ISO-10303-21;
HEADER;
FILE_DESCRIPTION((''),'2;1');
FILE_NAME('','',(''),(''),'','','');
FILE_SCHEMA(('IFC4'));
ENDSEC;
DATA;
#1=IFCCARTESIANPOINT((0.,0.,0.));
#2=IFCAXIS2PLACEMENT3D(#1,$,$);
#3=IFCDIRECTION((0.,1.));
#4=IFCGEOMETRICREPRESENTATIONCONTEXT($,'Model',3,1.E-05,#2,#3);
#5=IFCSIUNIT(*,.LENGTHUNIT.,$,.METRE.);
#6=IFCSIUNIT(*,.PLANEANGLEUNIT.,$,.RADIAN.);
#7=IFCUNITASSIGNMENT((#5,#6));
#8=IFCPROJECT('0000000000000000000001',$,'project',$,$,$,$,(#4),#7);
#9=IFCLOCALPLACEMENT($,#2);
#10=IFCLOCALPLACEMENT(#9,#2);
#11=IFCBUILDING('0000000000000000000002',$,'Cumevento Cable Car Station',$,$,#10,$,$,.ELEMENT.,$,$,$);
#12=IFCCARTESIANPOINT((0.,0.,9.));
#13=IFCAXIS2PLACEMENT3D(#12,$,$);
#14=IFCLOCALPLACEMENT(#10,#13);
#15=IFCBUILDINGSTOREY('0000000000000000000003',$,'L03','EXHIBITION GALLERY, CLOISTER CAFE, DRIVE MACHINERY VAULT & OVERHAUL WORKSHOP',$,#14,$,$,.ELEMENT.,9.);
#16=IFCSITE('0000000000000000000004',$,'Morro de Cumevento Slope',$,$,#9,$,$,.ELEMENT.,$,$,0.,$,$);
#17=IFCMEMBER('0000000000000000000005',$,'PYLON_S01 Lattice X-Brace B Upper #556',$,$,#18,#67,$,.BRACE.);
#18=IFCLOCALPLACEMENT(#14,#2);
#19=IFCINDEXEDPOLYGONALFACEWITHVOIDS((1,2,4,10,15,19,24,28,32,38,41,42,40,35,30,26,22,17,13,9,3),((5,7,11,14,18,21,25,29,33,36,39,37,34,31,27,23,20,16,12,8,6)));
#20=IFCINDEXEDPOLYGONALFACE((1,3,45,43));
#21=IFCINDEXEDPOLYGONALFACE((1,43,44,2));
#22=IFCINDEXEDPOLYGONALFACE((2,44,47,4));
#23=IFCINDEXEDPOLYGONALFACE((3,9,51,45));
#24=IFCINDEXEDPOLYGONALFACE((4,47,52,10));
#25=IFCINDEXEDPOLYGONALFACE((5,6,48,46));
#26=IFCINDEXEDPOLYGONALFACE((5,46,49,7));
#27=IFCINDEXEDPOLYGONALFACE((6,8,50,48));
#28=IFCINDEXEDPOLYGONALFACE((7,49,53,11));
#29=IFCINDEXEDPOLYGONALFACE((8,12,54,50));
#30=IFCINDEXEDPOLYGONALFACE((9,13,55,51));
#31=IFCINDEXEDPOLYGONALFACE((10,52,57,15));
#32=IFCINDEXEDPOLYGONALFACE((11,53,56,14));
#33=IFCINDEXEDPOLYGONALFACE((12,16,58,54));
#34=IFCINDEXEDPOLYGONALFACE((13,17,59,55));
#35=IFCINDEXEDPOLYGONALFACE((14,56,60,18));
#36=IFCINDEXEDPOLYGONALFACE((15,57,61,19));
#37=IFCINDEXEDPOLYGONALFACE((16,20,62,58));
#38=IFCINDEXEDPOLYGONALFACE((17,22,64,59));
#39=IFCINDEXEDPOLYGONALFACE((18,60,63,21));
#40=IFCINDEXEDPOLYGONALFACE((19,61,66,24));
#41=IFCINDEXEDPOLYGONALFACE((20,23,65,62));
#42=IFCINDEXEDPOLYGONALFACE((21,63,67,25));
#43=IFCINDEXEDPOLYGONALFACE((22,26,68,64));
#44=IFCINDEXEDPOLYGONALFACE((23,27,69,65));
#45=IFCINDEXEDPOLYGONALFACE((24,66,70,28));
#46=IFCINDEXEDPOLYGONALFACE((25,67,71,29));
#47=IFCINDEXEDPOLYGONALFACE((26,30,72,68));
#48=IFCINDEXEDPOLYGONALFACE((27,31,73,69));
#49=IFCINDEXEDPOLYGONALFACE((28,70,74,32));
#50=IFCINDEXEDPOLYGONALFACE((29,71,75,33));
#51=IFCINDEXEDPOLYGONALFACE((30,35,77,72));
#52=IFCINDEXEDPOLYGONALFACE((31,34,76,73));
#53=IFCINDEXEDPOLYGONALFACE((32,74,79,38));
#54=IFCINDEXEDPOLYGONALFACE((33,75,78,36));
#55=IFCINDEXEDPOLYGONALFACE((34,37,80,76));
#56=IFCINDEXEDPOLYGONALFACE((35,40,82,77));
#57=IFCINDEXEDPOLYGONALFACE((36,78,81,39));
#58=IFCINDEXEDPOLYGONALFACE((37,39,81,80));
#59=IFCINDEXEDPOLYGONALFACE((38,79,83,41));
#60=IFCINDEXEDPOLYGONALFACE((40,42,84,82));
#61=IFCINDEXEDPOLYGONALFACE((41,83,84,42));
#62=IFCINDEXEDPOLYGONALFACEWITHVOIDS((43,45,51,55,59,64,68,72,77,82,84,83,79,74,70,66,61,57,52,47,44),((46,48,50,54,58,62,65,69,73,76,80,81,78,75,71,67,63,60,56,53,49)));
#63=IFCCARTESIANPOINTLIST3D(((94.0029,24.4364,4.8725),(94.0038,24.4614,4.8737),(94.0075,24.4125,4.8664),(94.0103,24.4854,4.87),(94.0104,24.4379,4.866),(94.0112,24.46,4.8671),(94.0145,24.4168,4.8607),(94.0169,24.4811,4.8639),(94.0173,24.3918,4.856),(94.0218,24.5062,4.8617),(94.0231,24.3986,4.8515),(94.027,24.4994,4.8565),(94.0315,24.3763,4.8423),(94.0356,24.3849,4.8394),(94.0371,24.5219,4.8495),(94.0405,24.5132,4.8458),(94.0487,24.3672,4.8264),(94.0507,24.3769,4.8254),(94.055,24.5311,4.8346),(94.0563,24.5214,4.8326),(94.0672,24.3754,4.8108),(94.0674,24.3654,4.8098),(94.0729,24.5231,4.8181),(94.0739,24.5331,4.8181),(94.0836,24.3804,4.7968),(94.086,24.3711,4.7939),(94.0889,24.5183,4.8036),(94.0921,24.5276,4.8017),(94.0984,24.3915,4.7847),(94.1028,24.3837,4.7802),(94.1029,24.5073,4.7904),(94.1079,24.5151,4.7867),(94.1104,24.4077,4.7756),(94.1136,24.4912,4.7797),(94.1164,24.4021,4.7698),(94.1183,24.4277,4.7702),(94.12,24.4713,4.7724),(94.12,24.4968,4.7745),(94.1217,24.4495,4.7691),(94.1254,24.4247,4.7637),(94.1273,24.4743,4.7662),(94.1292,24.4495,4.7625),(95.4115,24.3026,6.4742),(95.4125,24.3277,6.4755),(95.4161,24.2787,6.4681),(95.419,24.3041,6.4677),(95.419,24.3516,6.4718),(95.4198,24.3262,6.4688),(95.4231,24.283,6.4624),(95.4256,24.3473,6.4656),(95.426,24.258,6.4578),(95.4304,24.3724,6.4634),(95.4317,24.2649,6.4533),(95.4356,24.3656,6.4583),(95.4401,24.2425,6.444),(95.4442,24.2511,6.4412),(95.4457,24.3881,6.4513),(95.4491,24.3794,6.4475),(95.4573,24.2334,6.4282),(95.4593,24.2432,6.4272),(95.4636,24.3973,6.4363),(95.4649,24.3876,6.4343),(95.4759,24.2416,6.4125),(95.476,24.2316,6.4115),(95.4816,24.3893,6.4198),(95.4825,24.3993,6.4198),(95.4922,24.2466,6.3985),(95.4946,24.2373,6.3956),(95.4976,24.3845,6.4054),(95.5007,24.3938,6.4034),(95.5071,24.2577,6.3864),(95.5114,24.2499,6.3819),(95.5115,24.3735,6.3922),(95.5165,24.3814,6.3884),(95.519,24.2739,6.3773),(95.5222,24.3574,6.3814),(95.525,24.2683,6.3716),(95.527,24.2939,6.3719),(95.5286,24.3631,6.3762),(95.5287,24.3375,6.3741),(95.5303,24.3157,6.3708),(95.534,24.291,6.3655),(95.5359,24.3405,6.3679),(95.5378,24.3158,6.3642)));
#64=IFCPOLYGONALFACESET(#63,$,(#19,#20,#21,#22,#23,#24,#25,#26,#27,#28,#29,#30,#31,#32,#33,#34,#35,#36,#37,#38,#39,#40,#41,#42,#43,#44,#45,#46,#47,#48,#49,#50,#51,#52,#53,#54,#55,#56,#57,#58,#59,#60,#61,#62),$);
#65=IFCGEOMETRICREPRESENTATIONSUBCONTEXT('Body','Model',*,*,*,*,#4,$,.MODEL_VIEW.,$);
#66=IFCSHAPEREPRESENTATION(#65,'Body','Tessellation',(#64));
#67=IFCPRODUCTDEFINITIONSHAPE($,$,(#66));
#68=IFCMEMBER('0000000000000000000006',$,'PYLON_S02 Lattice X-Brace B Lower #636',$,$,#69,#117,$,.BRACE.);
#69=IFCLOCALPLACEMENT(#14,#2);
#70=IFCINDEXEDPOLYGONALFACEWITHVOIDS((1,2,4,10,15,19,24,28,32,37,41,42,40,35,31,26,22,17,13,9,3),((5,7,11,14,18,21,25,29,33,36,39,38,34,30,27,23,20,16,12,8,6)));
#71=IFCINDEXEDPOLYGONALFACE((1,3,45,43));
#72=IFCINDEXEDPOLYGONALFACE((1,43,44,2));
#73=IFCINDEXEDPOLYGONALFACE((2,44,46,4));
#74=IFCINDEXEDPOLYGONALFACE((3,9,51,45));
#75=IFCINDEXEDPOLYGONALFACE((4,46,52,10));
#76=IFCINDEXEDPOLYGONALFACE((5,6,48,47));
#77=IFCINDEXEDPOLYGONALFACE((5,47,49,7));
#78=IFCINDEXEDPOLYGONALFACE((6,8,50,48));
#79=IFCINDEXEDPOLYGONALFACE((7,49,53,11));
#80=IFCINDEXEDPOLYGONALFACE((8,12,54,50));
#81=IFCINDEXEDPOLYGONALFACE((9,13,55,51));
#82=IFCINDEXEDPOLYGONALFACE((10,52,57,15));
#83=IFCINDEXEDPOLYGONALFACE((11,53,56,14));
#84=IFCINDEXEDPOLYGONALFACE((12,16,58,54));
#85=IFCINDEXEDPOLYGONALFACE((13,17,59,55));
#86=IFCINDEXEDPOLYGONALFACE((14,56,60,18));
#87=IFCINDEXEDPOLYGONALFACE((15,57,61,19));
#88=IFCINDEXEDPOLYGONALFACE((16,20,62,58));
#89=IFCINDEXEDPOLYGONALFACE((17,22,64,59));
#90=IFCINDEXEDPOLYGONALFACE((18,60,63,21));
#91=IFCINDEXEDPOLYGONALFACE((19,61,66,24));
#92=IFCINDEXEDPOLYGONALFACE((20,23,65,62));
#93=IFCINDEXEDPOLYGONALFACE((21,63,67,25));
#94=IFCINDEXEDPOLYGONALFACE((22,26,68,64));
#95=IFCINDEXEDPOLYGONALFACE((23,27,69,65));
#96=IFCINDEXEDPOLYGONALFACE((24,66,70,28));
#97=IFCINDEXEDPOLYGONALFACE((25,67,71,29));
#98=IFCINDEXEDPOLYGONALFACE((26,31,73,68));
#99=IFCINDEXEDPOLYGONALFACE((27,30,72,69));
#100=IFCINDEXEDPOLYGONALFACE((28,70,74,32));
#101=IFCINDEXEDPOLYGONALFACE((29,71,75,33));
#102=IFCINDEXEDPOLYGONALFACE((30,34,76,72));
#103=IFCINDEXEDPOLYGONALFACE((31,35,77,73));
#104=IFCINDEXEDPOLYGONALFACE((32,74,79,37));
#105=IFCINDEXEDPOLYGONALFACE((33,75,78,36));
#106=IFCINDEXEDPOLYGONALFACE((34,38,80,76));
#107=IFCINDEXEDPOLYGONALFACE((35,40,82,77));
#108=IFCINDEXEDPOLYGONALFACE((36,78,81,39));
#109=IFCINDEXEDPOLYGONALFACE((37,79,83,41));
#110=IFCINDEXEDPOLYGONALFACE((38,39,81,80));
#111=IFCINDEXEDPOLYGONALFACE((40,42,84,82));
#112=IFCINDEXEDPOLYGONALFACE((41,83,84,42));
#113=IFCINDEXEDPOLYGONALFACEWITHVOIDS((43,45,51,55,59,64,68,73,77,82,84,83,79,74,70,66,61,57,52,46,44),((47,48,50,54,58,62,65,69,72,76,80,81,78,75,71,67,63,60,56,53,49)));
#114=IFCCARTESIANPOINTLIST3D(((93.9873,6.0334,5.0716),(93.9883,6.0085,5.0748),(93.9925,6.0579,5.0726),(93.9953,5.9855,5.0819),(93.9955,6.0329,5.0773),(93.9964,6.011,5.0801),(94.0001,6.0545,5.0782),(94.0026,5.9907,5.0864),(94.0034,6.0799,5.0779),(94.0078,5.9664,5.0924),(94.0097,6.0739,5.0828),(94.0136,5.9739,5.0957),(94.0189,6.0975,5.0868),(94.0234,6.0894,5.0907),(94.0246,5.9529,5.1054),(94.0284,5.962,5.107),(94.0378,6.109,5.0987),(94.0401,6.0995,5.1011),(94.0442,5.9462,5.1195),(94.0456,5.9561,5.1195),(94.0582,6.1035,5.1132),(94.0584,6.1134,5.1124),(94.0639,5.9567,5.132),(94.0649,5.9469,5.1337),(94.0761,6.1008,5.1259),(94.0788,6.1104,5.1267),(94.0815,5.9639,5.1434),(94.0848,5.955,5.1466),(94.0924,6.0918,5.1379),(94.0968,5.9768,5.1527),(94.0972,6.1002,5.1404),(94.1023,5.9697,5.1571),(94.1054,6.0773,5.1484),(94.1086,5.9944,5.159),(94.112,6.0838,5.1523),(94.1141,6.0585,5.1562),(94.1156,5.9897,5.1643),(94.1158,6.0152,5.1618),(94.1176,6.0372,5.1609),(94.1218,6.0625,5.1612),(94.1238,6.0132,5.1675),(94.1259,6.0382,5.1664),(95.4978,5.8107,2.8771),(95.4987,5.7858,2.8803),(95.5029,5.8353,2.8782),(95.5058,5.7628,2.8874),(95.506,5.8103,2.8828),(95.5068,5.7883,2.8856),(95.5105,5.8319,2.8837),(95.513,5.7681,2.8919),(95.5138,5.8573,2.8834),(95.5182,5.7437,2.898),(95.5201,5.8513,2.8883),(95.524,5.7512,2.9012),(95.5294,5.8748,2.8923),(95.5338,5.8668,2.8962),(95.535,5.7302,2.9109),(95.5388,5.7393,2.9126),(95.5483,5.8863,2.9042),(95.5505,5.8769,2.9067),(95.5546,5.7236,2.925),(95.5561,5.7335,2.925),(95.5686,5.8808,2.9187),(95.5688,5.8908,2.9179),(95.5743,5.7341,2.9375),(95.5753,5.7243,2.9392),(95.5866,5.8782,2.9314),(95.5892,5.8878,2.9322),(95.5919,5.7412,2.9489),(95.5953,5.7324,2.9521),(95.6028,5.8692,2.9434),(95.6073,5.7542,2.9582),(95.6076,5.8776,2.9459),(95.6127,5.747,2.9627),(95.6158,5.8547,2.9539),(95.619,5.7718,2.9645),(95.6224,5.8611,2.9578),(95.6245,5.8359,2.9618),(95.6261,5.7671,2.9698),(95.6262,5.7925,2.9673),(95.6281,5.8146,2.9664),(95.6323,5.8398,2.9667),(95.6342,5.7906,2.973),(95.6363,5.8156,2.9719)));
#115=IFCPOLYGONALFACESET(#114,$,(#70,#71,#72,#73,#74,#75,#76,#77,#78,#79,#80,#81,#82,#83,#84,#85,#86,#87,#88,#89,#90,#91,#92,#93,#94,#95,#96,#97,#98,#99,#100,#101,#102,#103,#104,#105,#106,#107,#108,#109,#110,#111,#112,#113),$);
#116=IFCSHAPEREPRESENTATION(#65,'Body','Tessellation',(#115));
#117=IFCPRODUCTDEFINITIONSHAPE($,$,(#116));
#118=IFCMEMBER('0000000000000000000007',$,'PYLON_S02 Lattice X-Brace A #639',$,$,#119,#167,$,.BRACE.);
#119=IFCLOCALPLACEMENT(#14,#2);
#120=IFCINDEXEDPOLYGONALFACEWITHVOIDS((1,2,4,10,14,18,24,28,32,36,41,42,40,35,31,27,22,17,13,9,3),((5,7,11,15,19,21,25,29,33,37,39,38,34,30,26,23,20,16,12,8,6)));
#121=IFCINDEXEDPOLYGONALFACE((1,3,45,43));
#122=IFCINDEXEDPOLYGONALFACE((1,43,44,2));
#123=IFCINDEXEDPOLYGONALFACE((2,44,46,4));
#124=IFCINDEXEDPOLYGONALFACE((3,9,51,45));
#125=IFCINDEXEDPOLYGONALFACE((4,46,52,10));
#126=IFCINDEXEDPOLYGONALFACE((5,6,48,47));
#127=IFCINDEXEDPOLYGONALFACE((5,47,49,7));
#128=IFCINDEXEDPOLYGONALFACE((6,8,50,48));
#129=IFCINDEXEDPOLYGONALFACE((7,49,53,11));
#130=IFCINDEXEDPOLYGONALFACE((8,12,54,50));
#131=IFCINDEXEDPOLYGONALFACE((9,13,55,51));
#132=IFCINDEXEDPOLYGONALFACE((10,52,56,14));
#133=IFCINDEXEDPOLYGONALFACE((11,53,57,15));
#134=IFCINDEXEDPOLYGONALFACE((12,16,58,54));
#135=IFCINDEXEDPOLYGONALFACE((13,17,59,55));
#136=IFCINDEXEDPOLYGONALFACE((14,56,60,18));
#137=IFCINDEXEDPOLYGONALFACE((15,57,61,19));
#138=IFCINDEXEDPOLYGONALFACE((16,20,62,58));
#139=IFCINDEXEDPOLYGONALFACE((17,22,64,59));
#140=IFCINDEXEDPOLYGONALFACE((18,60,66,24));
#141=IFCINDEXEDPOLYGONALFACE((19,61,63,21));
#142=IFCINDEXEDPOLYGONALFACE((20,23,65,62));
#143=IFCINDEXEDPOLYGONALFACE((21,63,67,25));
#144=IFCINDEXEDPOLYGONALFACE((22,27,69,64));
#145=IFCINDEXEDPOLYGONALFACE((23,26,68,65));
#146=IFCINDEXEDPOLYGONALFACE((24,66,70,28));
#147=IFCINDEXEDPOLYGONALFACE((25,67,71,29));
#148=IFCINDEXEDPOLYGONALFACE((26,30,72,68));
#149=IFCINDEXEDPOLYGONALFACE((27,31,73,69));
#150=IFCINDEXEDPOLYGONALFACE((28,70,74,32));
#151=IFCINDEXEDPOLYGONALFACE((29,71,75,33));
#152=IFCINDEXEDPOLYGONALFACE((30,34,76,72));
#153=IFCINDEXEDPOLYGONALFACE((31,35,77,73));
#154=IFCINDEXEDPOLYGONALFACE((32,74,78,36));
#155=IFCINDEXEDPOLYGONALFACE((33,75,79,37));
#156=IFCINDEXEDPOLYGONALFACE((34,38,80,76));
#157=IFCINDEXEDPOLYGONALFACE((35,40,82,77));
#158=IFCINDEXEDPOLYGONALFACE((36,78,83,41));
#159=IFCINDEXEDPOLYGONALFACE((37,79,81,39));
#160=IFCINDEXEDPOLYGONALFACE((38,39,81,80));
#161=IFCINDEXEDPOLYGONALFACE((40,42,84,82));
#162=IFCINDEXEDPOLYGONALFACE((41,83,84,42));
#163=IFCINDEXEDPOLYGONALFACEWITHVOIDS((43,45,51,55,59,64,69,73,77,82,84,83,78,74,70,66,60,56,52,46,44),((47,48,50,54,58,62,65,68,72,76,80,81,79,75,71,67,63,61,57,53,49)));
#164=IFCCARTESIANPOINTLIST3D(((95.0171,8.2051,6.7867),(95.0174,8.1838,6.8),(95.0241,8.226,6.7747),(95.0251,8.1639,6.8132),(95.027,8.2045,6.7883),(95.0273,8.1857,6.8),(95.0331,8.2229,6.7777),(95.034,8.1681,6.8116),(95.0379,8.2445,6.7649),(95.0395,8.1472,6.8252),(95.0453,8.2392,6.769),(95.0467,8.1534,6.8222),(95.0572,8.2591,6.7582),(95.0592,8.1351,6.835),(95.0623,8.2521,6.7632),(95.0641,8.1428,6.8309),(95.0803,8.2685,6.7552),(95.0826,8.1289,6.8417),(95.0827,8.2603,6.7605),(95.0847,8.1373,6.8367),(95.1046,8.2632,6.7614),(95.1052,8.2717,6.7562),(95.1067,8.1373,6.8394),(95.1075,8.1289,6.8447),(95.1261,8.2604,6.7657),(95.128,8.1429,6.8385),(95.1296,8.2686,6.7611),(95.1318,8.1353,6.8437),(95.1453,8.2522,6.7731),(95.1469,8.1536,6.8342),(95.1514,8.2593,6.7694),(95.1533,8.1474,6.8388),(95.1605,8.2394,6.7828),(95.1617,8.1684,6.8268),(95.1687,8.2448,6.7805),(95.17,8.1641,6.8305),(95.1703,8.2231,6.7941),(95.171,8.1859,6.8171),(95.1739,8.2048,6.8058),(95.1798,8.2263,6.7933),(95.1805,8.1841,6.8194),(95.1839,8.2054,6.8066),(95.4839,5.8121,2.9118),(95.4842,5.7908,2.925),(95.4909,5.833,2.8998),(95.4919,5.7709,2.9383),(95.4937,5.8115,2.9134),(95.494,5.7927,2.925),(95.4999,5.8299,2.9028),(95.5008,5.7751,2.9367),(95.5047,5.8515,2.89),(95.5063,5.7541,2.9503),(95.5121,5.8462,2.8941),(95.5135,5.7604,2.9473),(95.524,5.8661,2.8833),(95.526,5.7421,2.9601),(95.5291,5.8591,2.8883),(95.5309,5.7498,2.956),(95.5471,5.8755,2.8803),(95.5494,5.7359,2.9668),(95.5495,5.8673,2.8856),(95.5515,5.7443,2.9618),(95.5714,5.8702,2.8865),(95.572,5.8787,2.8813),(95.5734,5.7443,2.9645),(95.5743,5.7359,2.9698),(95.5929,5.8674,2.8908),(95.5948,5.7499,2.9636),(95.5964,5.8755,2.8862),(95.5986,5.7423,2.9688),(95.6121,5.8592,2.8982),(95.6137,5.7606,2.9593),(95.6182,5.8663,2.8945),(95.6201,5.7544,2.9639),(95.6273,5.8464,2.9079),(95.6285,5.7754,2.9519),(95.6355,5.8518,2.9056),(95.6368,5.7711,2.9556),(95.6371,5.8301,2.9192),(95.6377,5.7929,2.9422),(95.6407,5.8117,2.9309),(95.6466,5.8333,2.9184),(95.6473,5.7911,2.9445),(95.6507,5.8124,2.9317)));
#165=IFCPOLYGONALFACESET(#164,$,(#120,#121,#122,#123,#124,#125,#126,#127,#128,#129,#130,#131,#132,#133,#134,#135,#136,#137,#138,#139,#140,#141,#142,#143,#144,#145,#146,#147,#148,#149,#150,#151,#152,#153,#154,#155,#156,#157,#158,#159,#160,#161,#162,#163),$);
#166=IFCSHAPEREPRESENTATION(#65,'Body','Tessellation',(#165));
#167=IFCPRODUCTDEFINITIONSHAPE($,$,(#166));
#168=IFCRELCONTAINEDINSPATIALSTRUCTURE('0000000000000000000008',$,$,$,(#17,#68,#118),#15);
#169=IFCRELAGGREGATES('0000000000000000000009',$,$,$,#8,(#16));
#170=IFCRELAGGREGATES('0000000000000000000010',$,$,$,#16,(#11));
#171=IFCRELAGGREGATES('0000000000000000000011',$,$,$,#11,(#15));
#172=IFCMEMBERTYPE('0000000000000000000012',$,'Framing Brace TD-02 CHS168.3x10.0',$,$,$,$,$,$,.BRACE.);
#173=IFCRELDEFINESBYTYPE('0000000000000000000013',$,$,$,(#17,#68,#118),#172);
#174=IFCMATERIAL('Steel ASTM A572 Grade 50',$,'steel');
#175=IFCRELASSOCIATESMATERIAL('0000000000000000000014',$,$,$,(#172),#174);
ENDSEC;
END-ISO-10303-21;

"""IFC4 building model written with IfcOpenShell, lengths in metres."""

from ifc_helpers import new_model, si_unit, direction, frame, origin, origin_2d, place, context, subcontext, project, spatial, hollow_circle, extrude, material, material_profile, profile_set, type_object, element, save


model = new_model("IFC4")

# Units and contexts
model_context = context("Model", 3, precision=1e-05, world=origin(), true_north=direction((0.0, 1.0)))
body_context = subcontext(model_context, "Body", "Model", "MODEL_VIEW")
ifc_project = project(units=[si_unit("LENGTHUNIT", "METRE"), si_unit("PLANEANGLEUNIT", "RADIAN")], contexts=[model_context])

# Site, building, storey
site_placement = place(None, origin())
site = spatial("IfcSite", under=ifc_project, at=site_placement, Name="Morro de Cumevento Slope", CompositionType="ELEMENT", RefElevation=0.0)
building_placement = place(site_placement, origin())
building = spatial("IfcBuilding", under=site, at=building_placement, Name="Cumevento Cable Car Station", CompositionType="ELEMENT")
storey_placement = place(building_placement, frame((0.0, 0.0, 9.0)))
storey = spatial("IfcBuildingStorey", under=building, at=storey_placement, Name="L03", Description="EXHIBITION GALLERY, CLOISTER CAFE, DRIVE MACHINERY VAULT & OVERHAUL WORKSHOP", CompositionType="ELEMENT", Elevation=9.0)

# Members
ifc_material_1 = material(Name="Steel ASTM A572 Grade 50", Category="steel")
ifc_material_profile_1 = material_profile(ifc_material_1, hollow_circle(Radius=0.0842, WallThickness=0.01, at=origin_2d()), Name="CHS168.3x10.0")
ifc_profile_set_1 = profile_set([ifc_material_profile_1], Name="Steel ASTM A572 Grade 50")
member_type_1 = type_object("IfcMemberType", Name="Framing Brace TD-02 CHS168.3x10.0", PredefinedType="BRACE", material=ifc_profile_set_1)
member_1_placement = place(storey_placement, frame((94.0659, 24.4492, 4.8181), z_axis=(0.659095, -0.062597, 0.74945), x_axis=(0.094549, 0.99552, 0.0)))
element("IfcMember", 1, at=member_1_placement, inside=storey, type_object=member_type_1, Name="PYLON_S01 Lattice X-Brace B Upper #556", PredefinedType="BRACE", context=body_context, shape_type="SweptSolid", body=[
    extrude(hollow_circle(Radius=0.0842, WallThickness=0.01, at=origin_2d()), origin(), (0.0, 0.0, 1.0), 2.1372),
])
member_2_placement = place(storey_placement, frame((95.5669, 5.8069, 2.925), z_axis=(-0.564998, 0.083284, 0.820878), x_axis=(-0.14583, -0.98931, 0.0)))
element("IfcMember", 2, at=member_2_placement, inside=storey, type_object=member_type_1, Name="PYLON_S02 Lattice X-Brace B Lower #636", PredefinedType="BRACE", context=body_context, shape_type="SweptSolid", body=[
    extrude(hollow_circle(Radius=0.0842, WallThickness=0.01, at=origin_2d()), origin(), (0.0, 0.0, 1.0), 2.6733),
])
member_3_placement = place(storey_placement, frame((95.5669, 5.8069, 2.925), z_axis=(-0.10196, 0.522704, 0.846395), x_axis=(-0.981502, -0.191454, 0.0)))
element("IfcMember", 3, at=member_3_placement, inside=storey, type_object=member_type_1, Name="PYLON_S02 Lattice X-Brace A #639", PredefinedType="BRACE", context=body_context, shape_type="SweptSolid", body=[
    extrude(hollow_circle(Radius=0.0842, WallThickness=0.01, at=origin_2d()), origin(), (0.0, 0.0, 1.0), 4.5781),
])

save(model, "model.ifc")
